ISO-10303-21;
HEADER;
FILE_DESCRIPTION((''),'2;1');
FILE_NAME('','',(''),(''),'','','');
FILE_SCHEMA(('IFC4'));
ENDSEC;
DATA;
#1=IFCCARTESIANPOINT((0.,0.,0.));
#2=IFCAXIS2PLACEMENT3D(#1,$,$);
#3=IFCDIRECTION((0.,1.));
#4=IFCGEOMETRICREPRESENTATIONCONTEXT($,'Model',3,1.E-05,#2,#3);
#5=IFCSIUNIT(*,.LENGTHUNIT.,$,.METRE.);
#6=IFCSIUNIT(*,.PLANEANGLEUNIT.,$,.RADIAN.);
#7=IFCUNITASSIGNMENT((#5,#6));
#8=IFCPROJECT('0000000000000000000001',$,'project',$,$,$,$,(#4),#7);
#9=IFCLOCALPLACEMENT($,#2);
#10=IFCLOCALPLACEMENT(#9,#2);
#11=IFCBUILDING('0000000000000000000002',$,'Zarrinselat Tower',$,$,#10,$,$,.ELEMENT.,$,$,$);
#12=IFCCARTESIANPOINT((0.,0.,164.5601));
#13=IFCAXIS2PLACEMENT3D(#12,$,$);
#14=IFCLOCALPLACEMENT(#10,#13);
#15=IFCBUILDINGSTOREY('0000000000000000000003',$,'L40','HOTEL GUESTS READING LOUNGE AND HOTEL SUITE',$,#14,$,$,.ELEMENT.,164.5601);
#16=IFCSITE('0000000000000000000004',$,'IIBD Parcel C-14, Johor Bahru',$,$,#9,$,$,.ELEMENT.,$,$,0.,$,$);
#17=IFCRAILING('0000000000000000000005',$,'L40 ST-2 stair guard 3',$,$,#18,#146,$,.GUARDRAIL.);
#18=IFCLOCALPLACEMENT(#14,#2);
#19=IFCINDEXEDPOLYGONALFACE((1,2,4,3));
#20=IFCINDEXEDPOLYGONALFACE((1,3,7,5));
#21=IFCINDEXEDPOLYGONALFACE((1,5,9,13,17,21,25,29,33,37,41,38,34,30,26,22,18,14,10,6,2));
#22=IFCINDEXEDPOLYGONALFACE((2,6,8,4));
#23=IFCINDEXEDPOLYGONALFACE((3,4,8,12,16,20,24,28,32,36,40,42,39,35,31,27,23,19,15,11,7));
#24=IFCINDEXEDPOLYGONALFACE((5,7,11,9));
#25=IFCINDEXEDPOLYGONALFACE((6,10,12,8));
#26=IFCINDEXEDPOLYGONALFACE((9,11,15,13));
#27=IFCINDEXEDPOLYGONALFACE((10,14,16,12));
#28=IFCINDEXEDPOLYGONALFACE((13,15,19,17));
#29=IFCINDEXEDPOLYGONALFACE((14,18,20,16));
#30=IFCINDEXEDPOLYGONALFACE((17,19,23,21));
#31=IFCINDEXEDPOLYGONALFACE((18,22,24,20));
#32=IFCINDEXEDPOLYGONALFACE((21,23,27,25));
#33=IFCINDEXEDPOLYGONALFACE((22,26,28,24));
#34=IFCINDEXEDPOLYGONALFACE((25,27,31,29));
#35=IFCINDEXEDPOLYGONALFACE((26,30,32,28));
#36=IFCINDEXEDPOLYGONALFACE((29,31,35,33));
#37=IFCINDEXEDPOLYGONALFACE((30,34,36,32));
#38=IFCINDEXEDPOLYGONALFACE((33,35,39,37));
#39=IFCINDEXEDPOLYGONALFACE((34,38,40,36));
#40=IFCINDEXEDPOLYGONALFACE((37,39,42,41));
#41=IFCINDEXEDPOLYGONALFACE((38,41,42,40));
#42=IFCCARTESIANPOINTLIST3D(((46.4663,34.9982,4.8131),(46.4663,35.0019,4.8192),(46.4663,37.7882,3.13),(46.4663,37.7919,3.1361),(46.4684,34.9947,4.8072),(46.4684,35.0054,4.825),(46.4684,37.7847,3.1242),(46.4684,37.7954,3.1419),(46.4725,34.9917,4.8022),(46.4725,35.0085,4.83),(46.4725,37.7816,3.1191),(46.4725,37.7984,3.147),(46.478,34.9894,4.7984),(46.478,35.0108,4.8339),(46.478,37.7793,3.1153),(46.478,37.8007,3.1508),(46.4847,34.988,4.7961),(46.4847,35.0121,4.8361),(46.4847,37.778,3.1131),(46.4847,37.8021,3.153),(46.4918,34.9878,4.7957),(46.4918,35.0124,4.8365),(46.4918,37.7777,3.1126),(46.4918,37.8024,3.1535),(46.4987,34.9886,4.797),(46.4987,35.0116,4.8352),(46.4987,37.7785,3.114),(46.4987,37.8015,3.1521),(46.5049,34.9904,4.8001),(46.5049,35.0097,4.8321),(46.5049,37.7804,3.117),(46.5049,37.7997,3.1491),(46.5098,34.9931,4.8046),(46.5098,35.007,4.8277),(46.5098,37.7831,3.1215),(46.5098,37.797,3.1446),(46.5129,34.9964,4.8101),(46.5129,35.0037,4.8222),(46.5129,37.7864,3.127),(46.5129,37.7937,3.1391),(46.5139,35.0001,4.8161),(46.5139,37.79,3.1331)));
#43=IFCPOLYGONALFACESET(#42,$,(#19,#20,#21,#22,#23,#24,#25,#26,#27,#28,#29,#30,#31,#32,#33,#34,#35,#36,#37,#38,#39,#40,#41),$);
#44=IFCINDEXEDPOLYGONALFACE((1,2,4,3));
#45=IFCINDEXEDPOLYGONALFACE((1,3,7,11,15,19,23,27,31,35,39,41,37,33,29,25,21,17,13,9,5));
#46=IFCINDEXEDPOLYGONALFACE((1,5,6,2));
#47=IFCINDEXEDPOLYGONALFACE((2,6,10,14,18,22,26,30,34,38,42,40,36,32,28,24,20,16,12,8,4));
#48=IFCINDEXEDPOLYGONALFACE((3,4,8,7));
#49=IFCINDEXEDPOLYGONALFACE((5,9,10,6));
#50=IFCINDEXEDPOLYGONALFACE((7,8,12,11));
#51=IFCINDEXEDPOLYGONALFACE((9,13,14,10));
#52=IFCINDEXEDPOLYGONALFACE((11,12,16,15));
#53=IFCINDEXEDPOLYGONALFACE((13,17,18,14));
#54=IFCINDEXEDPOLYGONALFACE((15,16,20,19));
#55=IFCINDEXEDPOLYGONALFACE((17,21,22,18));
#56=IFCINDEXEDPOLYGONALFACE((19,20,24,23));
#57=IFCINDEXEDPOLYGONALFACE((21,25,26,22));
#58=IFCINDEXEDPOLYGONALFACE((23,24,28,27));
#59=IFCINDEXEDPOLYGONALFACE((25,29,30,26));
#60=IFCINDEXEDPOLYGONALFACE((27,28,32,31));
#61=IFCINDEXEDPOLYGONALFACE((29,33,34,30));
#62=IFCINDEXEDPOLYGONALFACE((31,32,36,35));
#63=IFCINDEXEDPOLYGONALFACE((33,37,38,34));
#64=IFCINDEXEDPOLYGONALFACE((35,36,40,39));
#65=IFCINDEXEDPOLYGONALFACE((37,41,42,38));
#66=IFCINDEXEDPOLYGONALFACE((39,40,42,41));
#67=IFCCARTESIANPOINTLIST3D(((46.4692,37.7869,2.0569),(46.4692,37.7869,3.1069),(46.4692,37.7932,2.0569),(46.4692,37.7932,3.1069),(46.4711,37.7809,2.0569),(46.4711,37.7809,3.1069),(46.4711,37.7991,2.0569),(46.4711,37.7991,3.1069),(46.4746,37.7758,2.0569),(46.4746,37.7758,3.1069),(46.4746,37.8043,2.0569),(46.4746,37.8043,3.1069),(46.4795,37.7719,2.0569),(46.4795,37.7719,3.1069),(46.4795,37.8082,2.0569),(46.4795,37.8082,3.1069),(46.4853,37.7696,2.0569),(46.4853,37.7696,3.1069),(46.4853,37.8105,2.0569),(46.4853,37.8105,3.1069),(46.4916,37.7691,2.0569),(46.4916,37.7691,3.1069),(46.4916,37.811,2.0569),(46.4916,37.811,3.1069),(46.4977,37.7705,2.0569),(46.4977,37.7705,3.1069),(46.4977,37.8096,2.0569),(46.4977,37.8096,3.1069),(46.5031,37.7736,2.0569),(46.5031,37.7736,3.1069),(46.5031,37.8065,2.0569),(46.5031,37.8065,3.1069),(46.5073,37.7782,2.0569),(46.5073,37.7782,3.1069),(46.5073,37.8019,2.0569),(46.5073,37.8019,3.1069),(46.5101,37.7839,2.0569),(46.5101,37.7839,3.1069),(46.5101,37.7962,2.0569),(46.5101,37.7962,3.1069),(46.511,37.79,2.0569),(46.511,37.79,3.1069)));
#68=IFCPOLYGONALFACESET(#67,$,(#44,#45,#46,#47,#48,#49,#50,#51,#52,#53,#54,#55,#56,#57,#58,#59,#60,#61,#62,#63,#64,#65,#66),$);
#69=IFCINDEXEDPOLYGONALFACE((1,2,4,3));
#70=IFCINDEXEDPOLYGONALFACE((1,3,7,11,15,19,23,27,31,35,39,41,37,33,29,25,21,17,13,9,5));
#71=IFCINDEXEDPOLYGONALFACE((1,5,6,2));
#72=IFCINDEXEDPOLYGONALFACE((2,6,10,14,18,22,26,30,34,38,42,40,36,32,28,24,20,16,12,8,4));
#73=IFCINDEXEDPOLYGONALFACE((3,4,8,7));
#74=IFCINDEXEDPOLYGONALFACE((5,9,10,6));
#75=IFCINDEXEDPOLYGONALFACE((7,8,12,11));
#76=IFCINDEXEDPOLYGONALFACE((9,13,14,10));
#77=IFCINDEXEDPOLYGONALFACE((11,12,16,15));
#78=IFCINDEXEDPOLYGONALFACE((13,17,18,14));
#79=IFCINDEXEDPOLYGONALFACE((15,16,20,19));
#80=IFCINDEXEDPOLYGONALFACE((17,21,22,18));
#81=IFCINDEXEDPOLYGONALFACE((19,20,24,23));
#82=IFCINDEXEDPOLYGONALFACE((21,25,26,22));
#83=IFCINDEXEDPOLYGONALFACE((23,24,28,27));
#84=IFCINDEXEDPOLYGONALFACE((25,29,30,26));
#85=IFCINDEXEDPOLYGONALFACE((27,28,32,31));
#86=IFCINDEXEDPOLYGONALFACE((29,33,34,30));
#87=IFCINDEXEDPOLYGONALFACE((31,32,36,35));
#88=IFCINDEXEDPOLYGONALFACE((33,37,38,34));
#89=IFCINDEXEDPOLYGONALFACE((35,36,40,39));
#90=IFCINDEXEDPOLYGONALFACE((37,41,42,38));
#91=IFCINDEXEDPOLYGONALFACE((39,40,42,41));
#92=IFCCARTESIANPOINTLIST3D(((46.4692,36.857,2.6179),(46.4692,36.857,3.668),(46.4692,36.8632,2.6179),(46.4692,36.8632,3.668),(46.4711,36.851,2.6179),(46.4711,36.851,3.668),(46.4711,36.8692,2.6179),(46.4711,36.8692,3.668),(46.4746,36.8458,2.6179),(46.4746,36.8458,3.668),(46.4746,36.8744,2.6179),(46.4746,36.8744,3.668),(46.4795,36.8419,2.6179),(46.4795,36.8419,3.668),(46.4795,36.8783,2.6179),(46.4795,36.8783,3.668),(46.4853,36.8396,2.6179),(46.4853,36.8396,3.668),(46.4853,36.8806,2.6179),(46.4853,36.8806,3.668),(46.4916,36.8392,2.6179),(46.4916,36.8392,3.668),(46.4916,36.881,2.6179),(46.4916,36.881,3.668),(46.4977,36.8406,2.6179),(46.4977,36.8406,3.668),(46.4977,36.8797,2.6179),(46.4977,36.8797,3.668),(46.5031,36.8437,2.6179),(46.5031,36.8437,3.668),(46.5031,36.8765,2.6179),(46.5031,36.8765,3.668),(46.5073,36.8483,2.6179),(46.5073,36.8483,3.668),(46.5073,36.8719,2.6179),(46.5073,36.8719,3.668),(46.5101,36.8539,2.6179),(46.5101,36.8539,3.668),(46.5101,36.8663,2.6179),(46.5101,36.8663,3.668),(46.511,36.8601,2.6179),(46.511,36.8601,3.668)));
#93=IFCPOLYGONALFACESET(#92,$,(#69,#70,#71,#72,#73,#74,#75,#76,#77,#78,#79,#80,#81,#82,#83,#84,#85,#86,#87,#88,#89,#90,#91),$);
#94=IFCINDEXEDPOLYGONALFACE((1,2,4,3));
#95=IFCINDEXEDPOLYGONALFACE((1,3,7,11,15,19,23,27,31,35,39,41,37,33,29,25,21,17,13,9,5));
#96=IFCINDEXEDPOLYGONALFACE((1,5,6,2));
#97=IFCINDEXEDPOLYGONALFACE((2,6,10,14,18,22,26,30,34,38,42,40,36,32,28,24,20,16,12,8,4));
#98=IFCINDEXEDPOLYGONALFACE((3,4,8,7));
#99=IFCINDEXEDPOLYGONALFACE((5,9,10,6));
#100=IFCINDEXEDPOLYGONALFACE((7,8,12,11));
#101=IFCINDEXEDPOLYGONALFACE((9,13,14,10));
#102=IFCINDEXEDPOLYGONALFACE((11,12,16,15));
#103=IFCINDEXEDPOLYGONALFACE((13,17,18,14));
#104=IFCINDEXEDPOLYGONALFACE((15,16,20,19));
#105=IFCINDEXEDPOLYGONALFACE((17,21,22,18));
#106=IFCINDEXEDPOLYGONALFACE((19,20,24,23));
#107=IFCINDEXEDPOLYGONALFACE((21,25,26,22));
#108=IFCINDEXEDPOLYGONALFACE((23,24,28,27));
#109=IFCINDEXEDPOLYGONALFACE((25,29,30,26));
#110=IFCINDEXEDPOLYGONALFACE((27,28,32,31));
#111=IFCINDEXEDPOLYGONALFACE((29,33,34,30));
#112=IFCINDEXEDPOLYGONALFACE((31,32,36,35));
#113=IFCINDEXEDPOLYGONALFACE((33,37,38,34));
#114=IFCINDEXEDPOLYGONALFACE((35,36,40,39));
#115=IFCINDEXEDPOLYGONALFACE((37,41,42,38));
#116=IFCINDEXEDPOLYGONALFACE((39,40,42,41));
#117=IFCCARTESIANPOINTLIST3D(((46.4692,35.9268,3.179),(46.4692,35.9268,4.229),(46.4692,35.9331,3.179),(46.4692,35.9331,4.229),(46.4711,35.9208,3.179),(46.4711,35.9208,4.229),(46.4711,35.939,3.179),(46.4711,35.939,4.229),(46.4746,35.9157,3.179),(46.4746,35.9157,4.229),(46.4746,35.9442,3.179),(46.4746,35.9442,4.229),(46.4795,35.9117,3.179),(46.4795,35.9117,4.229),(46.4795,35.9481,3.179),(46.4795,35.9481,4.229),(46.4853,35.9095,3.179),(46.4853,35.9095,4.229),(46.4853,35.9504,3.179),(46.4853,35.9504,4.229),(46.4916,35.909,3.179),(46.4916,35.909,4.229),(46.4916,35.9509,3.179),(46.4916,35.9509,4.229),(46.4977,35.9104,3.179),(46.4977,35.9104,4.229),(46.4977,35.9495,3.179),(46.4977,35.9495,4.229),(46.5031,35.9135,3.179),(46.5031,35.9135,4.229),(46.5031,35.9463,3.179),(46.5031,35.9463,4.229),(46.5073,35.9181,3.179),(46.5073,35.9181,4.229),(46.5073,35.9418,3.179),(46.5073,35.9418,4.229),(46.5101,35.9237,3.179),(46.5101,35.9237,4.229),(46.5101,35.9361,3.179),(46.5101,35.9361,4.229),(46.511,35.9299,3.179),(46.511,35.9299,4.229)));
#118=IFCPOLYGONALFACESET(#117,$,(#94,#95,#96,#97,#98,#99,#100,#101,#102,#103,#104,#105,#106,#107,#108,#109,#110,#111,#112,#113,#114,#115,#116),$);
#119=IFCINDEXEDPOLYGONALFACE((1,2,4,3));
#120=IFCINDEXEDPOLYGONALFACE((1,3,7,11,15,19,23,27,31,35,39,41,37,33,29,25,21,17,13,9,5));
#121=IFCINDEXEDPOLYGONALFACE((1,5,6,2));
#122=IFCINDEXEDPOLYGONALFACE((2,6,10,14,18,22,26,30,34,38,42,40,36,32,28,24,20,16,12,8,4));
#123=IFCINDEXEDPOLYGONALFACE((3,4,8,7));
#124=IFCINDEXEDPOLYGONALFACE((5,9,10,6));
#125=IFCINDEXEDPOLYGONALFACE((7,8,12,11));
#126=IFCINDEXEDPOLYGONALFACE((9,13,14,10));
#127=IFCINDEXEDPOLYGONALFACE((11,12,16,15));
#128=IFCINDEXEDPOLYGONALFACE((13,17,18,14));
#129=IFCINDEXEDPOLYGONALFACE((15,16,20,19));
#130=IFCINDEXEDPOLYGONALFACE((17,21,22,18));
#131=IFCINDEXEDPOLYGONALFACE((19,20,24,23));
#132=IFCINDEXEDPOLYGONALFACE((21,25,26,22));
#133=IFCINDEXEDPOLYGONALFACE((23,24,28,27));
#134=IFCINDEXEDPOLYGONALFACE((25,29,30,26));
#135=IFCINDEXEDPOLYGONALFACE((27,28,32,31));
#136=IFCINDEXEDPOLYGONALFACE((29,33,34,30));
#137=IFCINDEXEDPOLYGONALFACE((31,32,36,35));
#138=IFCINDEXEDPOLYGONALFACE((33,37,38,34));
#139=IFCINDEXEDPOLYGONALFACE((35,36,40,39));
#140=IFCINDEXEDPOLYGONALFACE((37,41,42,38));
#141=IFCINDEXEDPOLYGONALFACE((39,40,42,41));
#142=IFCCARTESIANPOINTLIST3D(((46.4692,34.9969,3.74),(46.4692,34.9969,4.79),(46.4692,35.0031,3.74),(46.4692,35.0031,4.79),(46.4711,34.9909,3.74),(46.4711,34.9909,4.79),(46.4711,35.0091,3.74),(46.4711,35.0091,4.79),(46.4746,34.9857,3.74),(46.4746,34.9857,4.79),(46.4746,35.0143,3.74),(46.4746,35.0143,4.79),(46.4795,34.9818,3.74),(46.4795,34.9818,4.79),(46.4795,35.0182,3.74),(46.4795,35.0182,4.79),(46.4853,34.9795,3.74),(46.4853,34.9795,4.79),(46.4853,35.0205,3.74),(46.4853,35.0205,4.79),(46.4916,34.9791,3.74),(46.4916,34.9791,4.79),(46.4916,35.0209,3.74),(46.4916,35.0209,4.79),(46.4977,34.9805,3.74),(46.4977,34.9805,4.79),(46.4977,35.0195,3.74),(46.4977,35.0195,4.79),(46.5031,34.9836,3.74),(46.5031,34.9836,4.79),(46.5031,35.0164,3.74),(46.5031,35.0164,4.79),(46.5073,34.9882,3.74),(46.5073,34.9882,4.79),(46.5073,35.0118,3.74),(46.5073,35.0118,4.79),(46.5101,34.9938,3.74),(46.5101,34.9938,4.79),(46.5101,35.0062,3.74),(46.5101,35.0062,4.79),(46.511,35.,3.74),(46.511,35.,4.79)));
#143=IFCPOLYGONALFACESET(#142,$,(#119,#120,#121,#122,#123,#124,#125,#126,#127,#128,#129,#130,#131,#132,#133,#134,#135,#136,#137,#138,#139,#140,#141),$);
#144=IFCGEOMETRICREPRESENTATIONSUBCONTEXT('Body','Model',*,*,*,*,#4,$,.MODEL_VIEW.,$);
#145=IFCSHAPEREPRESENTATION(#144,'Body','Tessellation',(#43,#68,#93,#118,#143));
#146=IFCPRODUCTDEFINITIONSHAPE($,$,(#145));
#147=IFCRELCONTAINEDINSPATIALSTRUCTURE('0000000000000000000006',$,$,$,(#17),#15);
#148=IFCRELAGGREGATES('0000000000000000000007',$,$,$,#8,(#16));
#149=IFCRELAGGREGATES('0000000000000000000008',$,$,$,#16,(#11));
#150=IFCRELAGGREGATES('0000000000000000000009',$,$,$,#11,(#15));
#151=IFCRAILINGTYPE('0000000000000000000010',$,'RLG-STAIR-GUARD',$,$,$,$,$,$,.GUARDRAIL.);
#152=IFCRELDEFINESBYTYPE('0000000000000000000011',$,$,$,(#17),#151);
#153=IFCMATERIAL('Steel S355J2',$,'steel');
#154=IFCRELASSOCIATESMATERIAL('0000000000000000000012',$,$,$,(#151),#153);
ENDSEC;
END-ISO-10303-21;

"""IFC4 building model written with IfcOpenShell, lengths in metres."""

from ifc_helpers import new_model, si_unit, direction, frame, origin, origin_2d, place, context, subcontext, project, spatial, circle, extrude, material, type_object, element, save


model = new_model("IFC4")

# Units and contexts
model_context = context("Model", 3, precision=1e-05, world=origin(), true_north=direction((0.0, 1.0)))
body_context = subcontext(model_context, "Body", "Model", "MODEL_VIEW")
ifc_project = project(units=[si_unit("LENGTHUNIT", "METRE"), si_unit("PLANEANGLEUNIT", "RADIAN")], contexts=[model_context])

# Site, building, storey
site_placement = place(None, origin())
site = spatial("IfcSite", under=ifc_project, at=site_placement, Name="IIBD Parcel C-14, Johor Bahru", CompositionType="ELEMENT", RefElevation=0.0)
building_placement = place(site_placement, origin())
building = spatial("IfcBuilding", under=site, at=building_placement, Name="Zarrinselat Tower", CompositionType="ELEMENT")
storey_placement = place(building_placement, frame((0.0, 0.0, 164.5601)))
storey = spatial("IfcBuildingStorey", under=building, at=storey_placement, Name="L40", Description="HOTEL GUESTS READING LOUNGE AND HOTEL SUITE", CompositionType="ELEMENT", Elevation=164.5601)

# Railing
ifc_material_1 = material(Name="Steel S355J2", Category="steel")
railing_type_1 = type_object("IfcRailingType", Name="RLG-STAIR-GUARD", PredefinedType="GUARDRAIL", material=ifc_material_1)
railing_1_placement = place(storey_placement, frame((46.49, 37.79, 2.0569)))
element("IfcRailing", 1, at=railing_1_placement, inside=storey, type_object=railing_type_1, Name="L40 ST-2 stair guard 3", PredefinedType="GUARDRAIL", context=body_context, shape_type="SweptSolid", body=[
    extrude(circle(Radius=0.0239, at=origin_2d()), frame((0.0, 0.0, 1.0762), z_axis=(0.0, -0.856261, 0.516544), x_axis=(1.0, 0.0, 0.0)), (0.0, 0.0, 1.0), 3.2583),
    extrude(circle(Radius=0.021, at=origin_2d()), origin(), (0.0, 0.0, 1.0), 1.05),
    extrude(circle(Radius=0.021, at=origin_2d()), frame((0.0, -0.9299, 0.561)), (0.0, 0.0, 1.0), 1.05),
    extrude(circle(Radius=0.021, at=origin_2d()), frame((0.0, -1.8601, 1.1221)), (0.0, 0.0, 1.0), 1.05),
    extrude(circle(Radius=0.021, at=origin_2d()), frame((0.0, -2.79, 1.6831)), (0.0, 0.0, 1.0), 1.05),
])

save(model, "model.ifc")
